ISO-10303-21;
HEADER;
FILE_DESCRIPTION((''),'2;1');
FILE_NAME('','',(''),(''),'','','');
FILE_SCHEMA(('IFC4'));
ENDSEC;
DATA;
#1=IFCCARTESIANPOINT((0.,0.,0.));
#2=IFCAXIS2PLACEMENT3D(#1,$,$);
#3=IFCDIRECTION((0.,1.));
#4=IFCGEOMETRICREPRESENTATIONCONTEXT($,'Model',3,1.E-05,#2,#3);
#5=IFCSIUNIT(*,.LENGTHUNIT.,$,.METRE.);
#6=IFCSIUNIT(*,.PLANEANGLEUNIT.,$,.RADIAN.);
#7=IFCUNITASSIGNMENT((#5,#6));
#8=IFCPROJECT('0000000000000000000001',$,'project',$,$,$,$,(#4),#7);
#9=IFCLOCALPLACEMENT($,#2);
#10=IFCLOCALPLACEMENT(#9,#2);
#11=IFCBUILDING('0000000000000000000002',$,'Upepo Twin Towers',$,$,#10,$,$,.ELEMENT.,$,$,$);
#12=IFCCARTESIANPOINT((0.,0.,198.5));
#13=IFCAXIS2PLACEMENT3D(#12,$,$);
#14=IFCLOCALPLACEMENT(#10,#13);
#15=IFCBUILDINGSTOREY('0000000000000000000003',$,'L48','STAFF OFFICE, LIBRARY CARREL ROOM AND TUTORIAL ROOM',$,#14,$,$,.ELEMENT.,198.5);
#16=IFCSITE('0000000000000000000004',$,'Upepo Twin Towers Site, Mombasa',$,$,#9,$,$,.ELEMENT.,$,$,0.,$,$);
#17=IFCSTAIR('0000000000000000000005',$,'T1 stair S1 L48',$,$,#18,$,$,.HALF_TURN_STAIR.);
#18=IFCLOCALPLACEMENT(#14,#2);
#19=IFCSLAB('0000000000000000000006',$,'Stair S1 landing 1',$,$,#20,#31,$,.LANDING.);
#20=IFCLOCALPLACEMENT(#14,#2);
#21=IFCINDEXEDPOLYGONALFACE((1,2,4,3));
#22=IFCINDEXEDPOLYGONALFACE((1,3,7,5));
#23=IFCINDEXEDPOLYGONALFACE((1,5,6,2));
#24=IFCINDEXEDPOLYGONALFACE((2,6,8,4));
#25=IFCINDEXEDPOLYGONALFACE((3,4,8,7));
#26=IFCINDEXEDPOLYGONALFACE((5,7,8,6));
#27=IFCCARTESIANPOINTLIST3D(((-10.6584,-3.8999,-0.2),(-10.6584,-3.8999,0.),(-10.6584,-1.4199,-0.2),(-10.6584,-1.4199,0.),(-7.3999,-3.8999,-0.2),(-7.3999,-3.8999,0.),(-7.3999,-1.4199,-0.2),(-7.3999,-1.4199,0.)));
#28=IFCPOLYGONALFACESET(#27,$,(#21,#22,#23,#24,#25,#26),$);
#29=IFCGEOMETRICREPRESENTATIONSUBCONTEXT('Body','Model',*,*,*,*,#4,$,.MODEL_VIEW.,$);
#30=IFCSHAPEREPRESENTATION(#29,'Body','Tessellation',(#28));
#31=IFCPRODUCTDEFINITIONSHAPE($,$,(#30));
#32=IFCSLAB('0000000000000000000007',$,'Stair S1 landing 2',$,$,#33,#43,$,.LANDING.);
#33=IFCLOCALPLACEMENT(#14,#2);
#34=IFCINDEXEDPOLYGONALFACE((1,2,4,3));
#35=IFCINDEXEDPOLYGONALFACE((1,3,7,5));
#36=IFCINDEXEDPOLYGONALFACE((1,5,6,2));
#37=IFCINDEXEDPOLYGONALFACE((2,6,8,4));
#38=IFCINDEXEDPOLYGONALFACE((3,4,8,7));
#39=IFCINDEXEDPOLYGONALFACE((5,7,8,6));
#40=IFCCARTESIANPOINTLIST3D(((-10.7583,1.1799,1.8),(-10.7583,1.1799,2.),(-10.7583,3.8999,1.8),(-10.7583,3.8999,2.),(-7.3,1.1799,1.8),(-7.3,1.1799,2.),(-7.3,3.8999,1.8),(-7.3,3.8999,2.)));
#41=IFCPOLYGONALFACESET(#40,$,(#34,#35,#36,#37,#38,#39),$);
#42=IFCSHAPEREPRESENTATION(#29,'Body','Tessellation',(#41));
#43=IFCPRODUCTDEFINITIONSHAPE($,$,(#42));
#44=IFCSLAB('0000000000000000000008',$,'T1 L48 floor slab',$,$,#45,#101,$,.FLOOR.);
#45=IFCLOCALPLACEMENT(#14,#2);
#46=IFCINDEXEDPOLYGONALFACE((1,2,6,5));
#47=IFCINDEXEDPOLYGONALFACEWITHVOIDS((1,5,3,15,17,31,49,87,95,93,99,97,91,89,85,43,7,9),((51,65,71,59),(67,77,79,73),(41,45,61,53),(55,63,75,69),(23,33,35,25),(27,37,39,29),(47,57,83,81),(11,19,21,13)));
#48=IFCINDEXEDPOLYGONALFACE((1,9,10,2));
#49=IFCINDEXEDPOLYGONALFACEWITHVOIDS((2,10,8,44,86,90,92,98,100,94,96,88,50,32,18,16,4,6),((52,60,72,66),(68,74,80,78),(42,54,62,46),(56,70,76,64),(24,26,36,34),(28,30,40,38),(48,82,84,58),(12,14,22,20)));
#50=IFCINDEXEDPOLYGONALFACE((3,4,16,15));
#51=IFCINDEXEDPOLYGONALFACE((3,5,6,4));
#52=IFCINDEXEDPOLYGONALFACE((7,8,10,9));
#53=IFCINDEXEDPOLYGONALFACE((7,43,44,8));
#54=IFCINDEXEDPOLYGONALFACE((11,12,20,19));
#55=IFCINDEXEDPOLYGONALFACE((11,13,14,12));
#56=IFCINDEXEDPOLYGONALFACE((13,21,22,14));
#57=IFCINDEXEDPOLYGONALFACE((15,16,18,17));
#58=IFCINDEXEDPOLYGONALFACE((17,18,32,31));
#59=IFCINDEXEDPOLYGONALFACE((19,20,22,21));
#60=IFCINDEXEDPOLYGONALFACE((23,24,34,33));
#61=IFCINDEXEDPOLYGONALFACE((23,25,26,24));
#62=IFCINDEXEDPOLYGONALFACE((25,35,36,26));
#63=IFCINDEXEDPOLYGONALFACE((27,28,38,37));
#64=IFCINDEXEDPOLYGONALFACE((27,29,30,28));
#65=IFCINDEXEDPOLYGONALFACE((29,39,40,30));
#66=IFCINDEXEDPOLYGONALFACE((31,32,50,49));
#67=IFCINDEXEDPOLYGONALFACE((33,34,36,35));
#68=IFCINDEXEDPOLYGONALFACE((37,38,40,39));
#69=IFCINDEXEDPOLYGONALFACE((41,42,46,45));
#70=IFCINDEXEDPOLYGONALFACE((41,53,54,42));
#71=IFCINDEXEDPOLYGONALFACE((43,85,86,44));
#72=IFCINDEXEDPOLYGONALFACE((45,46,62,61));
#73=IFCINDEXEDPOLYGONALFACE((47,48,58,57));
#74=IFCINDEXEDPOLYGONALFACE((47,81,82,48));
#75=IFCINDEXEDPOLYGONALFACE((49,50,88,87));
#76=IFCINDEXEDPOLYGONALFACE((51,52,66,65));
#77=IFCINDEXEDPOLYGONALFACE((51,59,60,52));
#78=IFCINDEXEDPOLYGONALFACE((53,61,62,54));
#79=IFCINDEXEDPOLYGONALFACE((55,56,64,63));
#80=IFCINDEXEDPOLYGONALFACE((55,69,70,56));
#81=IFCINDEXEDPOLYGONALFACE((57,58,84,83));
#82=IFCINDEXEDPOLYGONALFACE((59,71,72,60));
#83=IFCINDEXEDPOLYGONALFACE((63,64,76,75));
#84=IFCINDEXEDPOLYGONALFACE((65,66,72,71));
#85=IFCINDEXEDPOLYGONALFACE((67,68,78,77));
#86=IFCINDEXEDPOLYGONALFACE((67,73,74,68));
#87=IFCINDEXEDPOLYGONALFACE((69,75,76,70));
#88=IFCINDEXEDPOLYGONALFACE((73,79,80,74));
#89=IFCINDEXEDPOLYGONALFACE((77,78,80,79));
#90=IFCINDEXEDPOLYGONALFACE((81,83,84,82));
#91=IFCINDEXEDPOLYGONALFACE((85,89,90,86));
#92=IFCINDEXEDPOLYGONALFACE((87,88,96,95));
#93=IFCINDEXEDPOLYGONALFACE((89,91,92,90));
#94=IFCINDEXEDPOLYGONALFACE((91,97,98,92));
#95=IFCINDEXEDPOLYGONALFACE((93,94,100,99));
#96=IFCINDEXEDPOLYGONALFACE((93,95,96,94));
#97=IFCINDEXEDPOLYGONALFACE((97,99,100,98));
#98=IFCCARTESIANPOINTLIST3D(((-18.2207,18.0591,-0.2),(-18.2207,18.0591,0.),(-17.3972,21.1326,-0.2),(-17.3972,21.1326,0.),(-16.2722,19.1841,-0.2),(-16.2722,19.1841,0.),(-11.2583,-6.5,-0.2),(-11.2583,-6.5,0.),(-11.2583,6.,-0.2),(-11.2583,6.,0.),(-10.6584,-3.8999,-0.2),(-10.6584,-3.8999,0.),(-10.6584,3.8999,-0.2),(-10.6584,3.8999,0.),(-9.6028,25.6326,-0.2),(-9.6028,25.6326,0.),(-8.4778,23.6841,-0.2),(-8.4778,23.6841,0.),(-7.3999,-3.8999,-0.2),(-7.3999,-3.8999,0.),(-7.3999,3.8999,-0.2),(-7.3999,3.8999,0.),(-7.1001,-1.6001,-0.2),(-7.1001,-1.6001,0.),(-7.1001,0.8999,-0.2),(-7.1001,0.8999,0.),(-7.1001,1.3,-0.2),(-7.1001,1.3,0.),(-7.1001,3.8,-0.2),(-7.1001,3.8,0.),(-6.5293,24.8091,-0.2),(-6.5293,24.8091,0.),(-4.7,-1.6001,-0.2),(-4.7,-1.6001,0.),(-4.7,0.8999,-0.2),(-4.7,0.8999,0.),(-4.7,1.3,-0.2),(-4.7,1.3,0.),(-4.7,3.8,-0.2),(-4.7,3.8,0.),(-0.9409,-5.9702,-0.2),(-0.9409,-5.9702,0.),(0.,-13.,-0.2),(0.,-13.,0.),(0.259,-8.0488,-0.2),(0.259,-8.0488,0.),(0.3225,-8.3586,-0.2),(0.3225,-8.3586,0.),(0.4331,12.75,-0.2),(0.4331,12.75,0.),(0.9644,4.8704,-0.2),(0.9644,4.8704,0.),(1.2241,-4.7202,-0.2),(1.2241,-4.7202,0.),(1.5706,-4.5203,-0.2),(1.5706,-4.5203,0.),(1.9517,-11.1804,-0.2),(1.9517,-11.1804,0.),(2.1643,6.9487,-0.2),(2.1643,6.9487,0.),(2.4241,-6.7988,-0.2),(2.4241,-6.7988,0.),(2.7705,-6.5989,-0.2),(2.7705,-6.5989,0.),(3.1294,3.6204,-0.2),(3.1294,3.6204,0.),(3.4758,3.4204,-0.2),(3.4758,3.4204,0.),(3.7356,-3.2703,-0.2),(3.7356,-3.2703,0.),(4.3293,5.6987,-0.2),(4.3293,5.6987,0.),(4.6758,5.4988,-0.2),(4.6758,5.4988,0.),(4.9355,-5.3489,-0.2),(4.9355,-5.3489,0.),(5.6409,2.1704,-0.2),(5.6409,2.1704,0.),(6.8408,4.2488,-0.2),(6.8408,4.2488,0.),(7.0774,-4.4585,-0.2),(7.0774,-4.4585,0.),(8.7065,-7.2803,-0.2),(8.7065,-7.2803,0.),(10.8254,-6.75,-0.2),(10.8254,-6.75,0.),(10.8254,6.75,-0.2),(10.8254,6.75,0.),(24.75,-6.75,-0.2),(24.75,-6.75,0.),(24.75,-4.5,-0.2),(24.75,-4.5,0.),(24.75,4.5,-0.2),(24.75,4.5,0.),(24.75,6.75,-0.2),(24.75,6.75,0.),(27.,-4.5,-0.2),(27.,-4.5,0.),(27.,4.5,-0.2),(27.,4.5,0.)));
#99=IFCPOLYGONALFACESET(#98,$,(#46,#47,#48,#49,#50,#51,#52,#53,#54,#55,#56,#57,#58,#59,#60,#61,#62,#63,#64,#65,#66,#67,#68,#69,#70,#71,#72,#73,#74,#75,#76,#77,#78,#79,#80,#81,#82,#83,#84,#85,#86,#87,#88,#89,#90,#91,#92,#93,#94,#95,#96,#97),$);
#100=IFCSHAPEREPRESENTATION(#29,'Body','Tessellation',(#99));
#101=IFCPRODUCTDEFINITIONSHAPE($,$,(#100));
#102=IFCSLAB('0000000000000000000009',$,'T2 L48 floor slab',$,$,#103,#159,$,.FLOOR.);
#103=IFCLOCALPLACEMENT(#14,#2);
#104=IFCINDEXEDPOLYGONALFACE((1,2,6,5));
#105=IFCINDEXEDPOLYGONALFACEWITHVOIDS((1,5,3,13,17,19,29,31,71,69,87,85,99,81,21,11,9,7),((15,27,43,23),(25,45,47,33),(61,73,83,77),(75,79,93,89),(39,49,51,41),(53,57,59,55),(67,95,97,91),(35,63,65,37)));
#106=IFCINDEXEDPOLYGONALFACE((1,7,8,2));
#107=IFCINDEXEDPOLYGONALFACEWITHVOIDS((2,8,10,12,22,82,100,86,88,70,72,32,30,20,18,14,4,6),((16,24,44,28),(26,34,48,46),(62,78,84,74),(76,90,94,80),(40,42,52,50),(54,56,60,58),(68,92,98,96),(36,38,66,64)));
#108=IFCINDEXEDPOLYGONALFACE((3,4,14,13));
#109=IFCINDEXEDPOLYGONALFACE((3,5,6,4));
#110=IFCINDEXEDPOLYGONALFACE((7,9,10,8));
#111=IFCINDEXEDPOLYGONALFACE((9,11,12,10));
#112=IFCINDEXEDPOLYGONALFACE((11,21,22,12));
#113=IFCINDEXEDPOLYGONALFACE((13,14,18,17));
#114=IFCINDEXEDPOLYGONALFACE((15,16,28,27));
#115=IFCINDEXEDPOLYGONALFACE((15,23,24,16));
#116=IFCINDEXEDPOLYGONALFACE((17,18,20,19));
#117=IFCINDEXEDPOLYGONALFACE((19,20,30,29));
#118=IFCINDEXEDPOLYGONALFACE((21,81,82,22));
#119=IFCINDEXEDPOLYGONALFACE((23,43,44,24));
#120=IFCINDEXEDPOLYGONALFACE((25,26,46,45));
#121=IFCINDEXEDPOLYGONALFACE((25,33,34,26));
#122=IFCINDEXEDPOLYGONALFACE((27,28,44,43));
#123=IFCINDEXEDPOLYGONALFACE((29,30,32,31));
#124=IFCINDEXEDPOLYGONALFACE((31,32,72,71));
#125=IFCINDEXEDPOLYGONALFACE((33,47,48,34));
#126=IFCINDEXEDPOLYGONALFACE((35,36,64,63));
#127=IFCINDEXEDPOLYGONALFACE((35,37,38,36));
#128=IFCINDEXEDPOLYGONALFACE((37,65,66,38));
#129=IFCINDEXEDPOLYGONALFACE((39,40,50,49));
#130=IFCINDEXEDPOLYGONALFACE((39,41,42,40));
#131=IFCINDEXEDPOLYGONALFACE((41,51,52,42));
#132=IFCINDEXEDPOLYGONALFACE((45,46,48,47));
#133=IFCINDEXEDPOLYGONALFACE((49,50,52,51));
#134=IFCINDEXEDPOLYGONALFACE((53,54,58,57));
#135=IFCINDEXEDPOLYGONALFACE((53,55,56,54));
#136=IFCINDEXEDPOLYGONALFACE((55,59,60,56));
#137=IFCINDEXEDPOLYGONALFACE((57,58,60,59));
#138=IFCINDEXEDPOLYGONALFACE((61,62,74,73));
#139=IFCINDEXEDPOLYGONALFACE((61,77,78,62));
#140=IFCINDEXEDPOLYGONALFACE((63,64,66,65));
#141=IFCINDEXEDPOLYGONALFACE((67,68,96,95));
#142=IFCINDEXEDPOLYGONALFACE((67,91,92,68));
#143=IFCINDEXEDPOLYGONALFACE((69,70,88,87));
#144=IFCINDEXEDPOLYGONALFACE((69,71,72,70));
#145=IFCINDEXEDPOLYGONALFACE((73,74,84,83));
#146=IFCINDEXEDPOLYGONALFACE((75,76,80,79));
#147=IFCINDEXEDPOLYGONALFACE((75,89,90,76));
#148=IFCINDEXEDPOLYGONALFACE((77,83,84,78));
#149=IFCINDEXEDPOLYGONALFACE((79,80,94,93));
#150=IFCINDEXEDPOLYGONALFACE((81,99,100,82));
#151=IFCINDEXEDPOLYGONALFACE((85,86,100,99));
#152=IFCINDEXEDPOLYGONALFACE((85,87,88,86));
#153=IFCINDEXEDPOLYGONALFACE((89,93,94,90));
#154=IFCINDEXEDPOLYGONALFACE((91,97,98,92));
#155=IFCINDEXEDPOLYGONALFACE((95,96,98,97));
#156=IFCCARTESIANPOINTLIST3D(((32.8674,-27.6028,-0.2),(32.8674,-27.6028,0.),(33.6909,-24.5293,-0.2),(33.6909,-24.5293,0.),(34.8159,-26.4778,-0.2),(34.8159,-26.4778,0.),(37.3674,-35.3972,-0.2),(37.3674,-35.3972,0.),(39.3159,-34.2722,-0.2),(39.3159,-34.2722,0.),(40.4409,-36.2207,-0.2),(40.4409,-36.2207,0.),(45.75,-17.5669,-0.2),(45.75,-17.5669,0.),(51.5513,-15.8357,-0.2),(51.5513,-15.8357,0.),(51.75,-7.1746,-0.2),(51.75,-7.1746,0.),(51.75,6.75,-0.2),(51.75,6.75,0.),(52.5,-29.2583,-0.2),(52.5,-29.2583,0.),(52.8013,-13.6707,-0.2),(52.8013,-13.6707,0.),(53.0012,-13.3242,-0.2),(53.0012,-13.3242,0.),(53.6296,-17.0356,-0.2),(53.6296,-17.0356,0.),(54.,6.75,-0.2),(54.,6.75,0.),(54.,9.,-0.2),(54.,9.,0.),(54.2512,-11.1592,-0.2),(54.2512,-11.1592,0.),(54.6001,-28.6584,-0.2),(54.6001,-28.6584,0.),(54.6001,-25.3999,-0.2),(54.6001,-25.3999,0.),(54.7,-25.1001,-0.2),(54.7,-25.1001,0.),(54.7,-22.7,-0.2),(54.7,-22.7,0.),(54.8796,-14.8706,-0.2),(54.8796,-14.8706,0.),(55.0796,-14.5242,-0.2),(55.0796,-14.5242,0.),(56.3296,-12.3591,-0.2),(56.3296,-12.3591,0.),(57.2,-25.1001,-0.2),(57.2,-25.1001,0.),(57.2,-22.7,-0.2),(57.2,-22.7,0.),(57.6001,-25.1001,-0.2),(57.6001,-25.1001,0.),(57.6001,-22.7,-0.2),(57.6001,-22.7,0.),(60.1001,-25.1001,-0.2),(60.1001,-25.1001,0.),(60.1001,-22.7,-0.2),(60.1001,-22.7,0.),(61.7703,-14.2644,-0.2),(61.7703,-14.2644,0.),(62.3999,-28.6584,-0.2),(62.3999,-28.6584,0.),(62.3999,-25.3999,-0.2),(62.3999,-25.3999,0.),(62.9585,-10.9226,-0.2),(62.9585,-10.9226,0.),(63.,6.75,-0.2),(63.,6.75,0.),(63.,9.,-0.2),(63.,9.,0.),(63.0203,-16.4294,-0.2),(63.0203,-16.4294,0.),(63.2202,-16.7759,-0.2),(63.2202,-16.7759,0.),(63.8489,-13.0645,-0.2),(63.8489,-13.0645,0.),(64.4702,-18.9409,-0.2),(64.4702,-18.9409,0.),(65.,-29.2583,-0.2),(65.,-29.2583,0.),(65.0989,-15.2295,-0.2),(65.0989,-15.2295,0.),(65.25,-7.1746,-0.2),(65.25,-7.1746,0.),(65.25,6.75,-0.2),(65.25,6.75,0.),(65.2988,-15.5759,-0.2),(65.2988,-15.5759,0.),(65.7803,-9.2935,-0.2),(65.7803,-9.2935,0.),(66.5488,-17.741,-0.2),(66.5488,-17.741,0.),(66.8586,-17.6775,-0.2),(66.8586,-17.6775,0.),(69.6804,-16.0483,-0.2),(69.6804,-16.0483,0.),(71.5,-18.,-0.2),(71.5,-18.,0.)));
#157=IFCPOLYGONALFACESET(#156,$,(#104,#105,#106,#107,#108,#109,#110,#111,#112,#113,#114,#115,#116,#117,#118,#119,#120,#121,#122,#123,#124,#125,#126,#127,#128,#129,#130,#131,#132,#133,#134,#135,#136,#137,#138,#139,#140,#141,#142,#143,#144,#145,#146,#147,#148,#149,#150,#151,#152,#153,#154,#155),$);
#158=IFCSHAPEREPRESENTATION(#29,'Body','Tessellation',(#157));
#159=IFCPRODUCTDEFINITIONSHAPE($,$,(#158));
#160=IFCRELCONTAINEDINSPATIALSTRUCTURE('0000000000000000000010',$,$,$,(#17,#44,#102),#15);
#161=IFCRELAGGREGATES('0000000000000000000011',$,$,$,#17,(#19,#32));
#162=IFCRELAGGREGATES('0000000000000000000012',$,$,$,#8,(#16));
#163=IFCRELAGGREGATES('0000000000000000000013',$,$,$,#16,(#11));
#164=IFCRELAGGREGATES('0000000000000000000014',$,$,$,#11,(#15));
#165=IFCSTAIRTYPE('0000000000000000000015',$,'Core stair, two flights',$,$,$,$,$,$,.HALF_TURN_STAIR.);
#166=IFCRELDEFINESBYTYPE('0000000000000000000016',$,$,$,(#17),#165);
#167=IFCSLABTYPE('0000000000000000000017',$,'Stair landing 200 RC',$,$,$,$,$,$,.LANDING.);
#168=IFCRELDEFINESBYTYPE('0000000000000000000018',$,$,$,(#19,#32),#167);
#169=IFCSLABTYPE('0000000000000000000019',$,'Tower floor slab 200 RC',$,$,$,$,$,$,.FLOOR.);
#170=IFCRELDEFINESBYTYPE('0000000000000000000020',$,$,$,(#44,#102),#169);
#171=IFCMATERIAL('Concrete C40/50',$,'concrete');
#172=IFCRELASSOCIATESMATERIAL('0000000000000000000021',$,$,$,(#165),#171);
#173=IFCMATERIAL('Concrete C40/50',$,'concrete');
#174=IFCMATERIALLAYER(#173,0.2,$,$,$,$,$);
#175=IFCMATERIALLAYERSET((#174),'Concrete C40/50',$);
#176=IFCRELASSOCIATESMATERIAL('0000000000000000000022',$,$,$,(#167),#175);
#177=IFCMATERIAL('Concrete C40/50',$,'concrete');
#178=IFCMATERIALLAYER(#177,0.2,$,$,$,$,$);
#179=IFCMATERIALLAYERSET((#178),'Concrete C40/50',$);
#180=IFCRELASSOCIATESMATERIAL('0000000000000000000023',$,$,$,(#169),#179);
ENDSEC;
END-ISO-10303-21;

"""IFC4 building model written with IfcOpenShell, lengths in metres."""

from ifc_helpers import new_model, si_unit, direction, frame, origin, place, context, subcontext, project, spatial, polyline, outline, extrude, material, layer, layer_set, type_object, element, aggregate, save


model = new_model("IFC4")

# Units and contexts
model_context = context("Model", 3, precision=1e-05, world=origin(), true_north=direction((0.0, 1.0)))
body_context = subcontext(model_context, "Body", "Model", "MODEL_VIEW")
ifc_project = project(units=[si_unit("LENGTHUNIT", "METRE"), si_unit("PLANEANGLEUNIT", "RADIAN")], contexts=[model_context])

# Site, building, storey
site_placement = place(None, origin())
site = spatial("IfcSite", under=ifc_project, at=site_placement, Name="Upepo Twin Towers Site, Mombasa", CompositionType="ELEMENT", RefElevation=0.0)
building_placement = place(site_placement, origin())
building = spatial("IfcBuilding", under=site, at=building_placement, Name="Upepo Twin Towers", CompositionType="ELEMENT")
storey_placement = place(building_placement, frame((0.0, 0.0, 198.5)))
storey = spatial("IfcBuildingStorey", under=building, at=storey_placement, Name="L48", Description="STAFF OFFICE, LIBRARY CARREL ROOM AND TUTORIAL ROOM", CompositionType="ELEMENT", Elevation=198.5)

# Stair, slabs
ifc_material_1 = material(Name="Concrete C40/50", Category="concrete")
stair_type = type_object("IfcStairType", Name="Core stair, two flights", PredefinedType="HALF_TURN_STAIR", material=ifc_material_1)
stair_placement = place(storey_placement, origin())
stair = element("IfcStair", 1, at=stair_placement, inside=storey, type_object=stair_type, Name="T1 stair S1 L48", PredefinedType="HALF_TURN_STAIR")
ifc_material_2 = material(Name="Concrete C40/50", Category="concrete")
ifc_layer_1 = layer(ifc_material_2, 0.2)
ifc_layer_set_1 = layer_set([ifc_layer_1], Name="Concrete C40/50")
slab_type_1 = type_object("IfcSlabType", Name="Stair landing 200 RC", PredefinedType="LANDING", material=ifc_layer_set_1)
slab_1_placement = place(storey_placement, frame((0.0, 0.0, -0.2)))
slab_1 = element("IfcSlab", 2, at=slab_1_placement, type_object=slab_type_1, Name="Stair S1 landing 1", PredefinedType="LANDING", context=body_context, shape_type="SweptSolid", body=[
    extrude(outline(polyline([(-7.3999, -1.4199), (-10.6584, -1.4199), (-10.6584, -3.8999), (-7.3999, -3.8999), (-7.3999, -1.4199)])), origin(), (0.0, 0.0, 1.0), 0.2),
])
slab_2_placement = place(storey_placement, frame((0.0, 0.0, 1.8)))
slab_2 = element("IfcSlab", 3, at=slab_2_placement, type_object=slab_type_1, Name="Stair S1 landing 2", PredefinedType="LANDING", context=body_context, shape_type="SweptSolid", body=[
    extrude(outline(polyline([(-7.3, 3.8999), (-10.7583, 3.8999), (-10.7583, 1.1799), (-7.3, 1.1799), (-7.3, 3.8999)])), origin(), (0.0, 0.0, 1.0), 0.2),
])

# Slabs
ifc_material_3 = material(Name="Concrete C40/50", Category="concrete")
ifc_layer_2 = layer(ifc_material_3, 0.2)
ifc_layer_set_2 = layer_set([ifc_layer_2], Name="Concrete C40/50")
slab_type_2 = type_object("IfcSlabType", Name="Tower floor slab 200 RC", PredefinedType="FLOOR", material=ifc_layer_set_2)
slab_3_placement = place(storey_placement, frame((0.0, 0.0, -0.2)))
element("IfcSlab", 4, at=slab_3_placement, inside=storey, type_object=slab_type_2, Name="T1 L48 floor slab", PredefinedType="FLOOR", context=body_context, shape_type="SweptSolid", body=[
    extrude(outline(polyline([(10.8254, 6.75), (24.75, 6.75), (24.75, 4.5), (27.0, 4.5), (27.0, -4.5), (24.75, -4.5), (24.75, -6.75), (10.8254, -6.75), (0.0, -13.0), (-11.2583, -6.5), (-11.2583, 6.0), (-18.2207, 18.0591), (-16.2722, 19.1841), (-17.3972, 21.1326), (-9.6028, 25.6326), (-8.4778, 23.6841), (-6.5293, 24.8091), (0.4331, 12.75), (10.8254, 6.75)]), holes=[polyline([(5.6409, 2.1704), (6.8408, 4.2488), (4.6758, 5.4988), (3.4758, 3.4204), (5.6409, 2.1704)]), polyline([(3.1294, 3.6204), (4.3293, 5.6987), (2.1643, 6.9487), (0.9644, 4.8704), (3.1294, 3.6204)]), polyline([(-4.7, 3.8), (-7.1001, 3.8), (-7.1001, 1.3), (-4.7, 1.3), (-4.7, 3.8)]), polyline([(-4.7, 0.8999), (-7.1001, 0.8999), (-7.1001, -1.6001), (-4.7, -1.6001), (-4.7, 0.8999)]), polyline([(-7.3999, 3.8999), (-10.6584, 3.8999), (-10.6584, -3.8999), (-7.3999, -3.8999), (-7.3999, 3.8999)]), polyline([(-0.9409, -5.9702), (0.259, -8.0488), (2.4241, -6.7988), (1.2241, -4.7202), (-0.9409, -5.9702)]), polyline([(1.5706, -4.5203), (2.7705, -6.5989), (4.9355, -5.3489), (3.7356, -3.2703), (1.5706, -4.5203)]), polyline([(0.3225, -8.3586), (1.9517, -11.1804), (8.7065, -7.2803), (7.0774, -4.4585), (0.3225, -8.3586)])]), origin(), (0.0, 0.0, 1.0), 0.2),
])
slab_4_placement = place(storey_placement, frame((0.0, 0.0, -0.2)))
element("IfcSlab", 5, at=slab_4_placement, inside=storey, type_object=slab_type_2, Name="T2 L48 floor slab", PredefinedType="FLOOR", context=body_context, shape_type="SweptSolid", body=[
    extrude(outline(polyline([(51.75, -7.1746), (51.75, 6.75), (54.0, 6.75), (54.0, 9.0), (63.0, 9.0), (63.0, 6.75), (65.25, 6.75), (65.25, -7.1746), (71.5, -18.0), (65.0, -29.2583), (52.5, -29.2583), (40.4409, -36.2207), (39.3159, -34.2722), (37.3674, -35.3972), (32.8674, -27.6028), (34.8159, -26.4778), (33.6909, -24.5293), (45.75, -17.5669), (51.75, -7.1746)]), holes=[polyline([(56.3296, -12.3591), (54.2512, -11.1592), (53.0012, -13.3242), (55.0796, -14.5242), (56.3296, -12.3591)]), polyline([(54.8796, -14.8706), (52.8013, -13.6707), (51.5513, -15.8357), (53.6296, -17.0356), (54.8796, -14.8706)]), polyline([(54.7, -22.7), (54.7, -25.1001), (57.2, -25.1001), (57.2, -22.7), (54.7, -22.7)]), polyline([(57.6001, -22.7), (57.6001, -25.1001), (60.1001, -25.1001), (60.1001, -22.7), (57.6001, -22.7)]), polyline([(54.6001, -25.3999), (54.6001, -28.6584), (62.3999, -28.6584), (62.3999, -25.3999), (54.6001, -25.3999)]), polyline([(64.4702, -18.9409), (66.5488, -17.741), (65.2988, -15.5759), (63.2202, -16.7759), (64.4702, -18.9409)]), polyline([(63.0203, -16.4294), (65.0989, -15.2295), (63.8489, -13.0645), (61.7703, -14.2644), (63.0203, -16.4294)]), polyline([(66.8586, -17.6775), (69.6804, -16.0483), (65.7803, -9.2935), (62.9585, -10.9226), (66.8586, -17.6775)])]), origin(), (0.0, 0.0, 1.0), 0.2),
])

aggregate(stair, [slab_1, slab_2])

save(model, "model.ifc")
